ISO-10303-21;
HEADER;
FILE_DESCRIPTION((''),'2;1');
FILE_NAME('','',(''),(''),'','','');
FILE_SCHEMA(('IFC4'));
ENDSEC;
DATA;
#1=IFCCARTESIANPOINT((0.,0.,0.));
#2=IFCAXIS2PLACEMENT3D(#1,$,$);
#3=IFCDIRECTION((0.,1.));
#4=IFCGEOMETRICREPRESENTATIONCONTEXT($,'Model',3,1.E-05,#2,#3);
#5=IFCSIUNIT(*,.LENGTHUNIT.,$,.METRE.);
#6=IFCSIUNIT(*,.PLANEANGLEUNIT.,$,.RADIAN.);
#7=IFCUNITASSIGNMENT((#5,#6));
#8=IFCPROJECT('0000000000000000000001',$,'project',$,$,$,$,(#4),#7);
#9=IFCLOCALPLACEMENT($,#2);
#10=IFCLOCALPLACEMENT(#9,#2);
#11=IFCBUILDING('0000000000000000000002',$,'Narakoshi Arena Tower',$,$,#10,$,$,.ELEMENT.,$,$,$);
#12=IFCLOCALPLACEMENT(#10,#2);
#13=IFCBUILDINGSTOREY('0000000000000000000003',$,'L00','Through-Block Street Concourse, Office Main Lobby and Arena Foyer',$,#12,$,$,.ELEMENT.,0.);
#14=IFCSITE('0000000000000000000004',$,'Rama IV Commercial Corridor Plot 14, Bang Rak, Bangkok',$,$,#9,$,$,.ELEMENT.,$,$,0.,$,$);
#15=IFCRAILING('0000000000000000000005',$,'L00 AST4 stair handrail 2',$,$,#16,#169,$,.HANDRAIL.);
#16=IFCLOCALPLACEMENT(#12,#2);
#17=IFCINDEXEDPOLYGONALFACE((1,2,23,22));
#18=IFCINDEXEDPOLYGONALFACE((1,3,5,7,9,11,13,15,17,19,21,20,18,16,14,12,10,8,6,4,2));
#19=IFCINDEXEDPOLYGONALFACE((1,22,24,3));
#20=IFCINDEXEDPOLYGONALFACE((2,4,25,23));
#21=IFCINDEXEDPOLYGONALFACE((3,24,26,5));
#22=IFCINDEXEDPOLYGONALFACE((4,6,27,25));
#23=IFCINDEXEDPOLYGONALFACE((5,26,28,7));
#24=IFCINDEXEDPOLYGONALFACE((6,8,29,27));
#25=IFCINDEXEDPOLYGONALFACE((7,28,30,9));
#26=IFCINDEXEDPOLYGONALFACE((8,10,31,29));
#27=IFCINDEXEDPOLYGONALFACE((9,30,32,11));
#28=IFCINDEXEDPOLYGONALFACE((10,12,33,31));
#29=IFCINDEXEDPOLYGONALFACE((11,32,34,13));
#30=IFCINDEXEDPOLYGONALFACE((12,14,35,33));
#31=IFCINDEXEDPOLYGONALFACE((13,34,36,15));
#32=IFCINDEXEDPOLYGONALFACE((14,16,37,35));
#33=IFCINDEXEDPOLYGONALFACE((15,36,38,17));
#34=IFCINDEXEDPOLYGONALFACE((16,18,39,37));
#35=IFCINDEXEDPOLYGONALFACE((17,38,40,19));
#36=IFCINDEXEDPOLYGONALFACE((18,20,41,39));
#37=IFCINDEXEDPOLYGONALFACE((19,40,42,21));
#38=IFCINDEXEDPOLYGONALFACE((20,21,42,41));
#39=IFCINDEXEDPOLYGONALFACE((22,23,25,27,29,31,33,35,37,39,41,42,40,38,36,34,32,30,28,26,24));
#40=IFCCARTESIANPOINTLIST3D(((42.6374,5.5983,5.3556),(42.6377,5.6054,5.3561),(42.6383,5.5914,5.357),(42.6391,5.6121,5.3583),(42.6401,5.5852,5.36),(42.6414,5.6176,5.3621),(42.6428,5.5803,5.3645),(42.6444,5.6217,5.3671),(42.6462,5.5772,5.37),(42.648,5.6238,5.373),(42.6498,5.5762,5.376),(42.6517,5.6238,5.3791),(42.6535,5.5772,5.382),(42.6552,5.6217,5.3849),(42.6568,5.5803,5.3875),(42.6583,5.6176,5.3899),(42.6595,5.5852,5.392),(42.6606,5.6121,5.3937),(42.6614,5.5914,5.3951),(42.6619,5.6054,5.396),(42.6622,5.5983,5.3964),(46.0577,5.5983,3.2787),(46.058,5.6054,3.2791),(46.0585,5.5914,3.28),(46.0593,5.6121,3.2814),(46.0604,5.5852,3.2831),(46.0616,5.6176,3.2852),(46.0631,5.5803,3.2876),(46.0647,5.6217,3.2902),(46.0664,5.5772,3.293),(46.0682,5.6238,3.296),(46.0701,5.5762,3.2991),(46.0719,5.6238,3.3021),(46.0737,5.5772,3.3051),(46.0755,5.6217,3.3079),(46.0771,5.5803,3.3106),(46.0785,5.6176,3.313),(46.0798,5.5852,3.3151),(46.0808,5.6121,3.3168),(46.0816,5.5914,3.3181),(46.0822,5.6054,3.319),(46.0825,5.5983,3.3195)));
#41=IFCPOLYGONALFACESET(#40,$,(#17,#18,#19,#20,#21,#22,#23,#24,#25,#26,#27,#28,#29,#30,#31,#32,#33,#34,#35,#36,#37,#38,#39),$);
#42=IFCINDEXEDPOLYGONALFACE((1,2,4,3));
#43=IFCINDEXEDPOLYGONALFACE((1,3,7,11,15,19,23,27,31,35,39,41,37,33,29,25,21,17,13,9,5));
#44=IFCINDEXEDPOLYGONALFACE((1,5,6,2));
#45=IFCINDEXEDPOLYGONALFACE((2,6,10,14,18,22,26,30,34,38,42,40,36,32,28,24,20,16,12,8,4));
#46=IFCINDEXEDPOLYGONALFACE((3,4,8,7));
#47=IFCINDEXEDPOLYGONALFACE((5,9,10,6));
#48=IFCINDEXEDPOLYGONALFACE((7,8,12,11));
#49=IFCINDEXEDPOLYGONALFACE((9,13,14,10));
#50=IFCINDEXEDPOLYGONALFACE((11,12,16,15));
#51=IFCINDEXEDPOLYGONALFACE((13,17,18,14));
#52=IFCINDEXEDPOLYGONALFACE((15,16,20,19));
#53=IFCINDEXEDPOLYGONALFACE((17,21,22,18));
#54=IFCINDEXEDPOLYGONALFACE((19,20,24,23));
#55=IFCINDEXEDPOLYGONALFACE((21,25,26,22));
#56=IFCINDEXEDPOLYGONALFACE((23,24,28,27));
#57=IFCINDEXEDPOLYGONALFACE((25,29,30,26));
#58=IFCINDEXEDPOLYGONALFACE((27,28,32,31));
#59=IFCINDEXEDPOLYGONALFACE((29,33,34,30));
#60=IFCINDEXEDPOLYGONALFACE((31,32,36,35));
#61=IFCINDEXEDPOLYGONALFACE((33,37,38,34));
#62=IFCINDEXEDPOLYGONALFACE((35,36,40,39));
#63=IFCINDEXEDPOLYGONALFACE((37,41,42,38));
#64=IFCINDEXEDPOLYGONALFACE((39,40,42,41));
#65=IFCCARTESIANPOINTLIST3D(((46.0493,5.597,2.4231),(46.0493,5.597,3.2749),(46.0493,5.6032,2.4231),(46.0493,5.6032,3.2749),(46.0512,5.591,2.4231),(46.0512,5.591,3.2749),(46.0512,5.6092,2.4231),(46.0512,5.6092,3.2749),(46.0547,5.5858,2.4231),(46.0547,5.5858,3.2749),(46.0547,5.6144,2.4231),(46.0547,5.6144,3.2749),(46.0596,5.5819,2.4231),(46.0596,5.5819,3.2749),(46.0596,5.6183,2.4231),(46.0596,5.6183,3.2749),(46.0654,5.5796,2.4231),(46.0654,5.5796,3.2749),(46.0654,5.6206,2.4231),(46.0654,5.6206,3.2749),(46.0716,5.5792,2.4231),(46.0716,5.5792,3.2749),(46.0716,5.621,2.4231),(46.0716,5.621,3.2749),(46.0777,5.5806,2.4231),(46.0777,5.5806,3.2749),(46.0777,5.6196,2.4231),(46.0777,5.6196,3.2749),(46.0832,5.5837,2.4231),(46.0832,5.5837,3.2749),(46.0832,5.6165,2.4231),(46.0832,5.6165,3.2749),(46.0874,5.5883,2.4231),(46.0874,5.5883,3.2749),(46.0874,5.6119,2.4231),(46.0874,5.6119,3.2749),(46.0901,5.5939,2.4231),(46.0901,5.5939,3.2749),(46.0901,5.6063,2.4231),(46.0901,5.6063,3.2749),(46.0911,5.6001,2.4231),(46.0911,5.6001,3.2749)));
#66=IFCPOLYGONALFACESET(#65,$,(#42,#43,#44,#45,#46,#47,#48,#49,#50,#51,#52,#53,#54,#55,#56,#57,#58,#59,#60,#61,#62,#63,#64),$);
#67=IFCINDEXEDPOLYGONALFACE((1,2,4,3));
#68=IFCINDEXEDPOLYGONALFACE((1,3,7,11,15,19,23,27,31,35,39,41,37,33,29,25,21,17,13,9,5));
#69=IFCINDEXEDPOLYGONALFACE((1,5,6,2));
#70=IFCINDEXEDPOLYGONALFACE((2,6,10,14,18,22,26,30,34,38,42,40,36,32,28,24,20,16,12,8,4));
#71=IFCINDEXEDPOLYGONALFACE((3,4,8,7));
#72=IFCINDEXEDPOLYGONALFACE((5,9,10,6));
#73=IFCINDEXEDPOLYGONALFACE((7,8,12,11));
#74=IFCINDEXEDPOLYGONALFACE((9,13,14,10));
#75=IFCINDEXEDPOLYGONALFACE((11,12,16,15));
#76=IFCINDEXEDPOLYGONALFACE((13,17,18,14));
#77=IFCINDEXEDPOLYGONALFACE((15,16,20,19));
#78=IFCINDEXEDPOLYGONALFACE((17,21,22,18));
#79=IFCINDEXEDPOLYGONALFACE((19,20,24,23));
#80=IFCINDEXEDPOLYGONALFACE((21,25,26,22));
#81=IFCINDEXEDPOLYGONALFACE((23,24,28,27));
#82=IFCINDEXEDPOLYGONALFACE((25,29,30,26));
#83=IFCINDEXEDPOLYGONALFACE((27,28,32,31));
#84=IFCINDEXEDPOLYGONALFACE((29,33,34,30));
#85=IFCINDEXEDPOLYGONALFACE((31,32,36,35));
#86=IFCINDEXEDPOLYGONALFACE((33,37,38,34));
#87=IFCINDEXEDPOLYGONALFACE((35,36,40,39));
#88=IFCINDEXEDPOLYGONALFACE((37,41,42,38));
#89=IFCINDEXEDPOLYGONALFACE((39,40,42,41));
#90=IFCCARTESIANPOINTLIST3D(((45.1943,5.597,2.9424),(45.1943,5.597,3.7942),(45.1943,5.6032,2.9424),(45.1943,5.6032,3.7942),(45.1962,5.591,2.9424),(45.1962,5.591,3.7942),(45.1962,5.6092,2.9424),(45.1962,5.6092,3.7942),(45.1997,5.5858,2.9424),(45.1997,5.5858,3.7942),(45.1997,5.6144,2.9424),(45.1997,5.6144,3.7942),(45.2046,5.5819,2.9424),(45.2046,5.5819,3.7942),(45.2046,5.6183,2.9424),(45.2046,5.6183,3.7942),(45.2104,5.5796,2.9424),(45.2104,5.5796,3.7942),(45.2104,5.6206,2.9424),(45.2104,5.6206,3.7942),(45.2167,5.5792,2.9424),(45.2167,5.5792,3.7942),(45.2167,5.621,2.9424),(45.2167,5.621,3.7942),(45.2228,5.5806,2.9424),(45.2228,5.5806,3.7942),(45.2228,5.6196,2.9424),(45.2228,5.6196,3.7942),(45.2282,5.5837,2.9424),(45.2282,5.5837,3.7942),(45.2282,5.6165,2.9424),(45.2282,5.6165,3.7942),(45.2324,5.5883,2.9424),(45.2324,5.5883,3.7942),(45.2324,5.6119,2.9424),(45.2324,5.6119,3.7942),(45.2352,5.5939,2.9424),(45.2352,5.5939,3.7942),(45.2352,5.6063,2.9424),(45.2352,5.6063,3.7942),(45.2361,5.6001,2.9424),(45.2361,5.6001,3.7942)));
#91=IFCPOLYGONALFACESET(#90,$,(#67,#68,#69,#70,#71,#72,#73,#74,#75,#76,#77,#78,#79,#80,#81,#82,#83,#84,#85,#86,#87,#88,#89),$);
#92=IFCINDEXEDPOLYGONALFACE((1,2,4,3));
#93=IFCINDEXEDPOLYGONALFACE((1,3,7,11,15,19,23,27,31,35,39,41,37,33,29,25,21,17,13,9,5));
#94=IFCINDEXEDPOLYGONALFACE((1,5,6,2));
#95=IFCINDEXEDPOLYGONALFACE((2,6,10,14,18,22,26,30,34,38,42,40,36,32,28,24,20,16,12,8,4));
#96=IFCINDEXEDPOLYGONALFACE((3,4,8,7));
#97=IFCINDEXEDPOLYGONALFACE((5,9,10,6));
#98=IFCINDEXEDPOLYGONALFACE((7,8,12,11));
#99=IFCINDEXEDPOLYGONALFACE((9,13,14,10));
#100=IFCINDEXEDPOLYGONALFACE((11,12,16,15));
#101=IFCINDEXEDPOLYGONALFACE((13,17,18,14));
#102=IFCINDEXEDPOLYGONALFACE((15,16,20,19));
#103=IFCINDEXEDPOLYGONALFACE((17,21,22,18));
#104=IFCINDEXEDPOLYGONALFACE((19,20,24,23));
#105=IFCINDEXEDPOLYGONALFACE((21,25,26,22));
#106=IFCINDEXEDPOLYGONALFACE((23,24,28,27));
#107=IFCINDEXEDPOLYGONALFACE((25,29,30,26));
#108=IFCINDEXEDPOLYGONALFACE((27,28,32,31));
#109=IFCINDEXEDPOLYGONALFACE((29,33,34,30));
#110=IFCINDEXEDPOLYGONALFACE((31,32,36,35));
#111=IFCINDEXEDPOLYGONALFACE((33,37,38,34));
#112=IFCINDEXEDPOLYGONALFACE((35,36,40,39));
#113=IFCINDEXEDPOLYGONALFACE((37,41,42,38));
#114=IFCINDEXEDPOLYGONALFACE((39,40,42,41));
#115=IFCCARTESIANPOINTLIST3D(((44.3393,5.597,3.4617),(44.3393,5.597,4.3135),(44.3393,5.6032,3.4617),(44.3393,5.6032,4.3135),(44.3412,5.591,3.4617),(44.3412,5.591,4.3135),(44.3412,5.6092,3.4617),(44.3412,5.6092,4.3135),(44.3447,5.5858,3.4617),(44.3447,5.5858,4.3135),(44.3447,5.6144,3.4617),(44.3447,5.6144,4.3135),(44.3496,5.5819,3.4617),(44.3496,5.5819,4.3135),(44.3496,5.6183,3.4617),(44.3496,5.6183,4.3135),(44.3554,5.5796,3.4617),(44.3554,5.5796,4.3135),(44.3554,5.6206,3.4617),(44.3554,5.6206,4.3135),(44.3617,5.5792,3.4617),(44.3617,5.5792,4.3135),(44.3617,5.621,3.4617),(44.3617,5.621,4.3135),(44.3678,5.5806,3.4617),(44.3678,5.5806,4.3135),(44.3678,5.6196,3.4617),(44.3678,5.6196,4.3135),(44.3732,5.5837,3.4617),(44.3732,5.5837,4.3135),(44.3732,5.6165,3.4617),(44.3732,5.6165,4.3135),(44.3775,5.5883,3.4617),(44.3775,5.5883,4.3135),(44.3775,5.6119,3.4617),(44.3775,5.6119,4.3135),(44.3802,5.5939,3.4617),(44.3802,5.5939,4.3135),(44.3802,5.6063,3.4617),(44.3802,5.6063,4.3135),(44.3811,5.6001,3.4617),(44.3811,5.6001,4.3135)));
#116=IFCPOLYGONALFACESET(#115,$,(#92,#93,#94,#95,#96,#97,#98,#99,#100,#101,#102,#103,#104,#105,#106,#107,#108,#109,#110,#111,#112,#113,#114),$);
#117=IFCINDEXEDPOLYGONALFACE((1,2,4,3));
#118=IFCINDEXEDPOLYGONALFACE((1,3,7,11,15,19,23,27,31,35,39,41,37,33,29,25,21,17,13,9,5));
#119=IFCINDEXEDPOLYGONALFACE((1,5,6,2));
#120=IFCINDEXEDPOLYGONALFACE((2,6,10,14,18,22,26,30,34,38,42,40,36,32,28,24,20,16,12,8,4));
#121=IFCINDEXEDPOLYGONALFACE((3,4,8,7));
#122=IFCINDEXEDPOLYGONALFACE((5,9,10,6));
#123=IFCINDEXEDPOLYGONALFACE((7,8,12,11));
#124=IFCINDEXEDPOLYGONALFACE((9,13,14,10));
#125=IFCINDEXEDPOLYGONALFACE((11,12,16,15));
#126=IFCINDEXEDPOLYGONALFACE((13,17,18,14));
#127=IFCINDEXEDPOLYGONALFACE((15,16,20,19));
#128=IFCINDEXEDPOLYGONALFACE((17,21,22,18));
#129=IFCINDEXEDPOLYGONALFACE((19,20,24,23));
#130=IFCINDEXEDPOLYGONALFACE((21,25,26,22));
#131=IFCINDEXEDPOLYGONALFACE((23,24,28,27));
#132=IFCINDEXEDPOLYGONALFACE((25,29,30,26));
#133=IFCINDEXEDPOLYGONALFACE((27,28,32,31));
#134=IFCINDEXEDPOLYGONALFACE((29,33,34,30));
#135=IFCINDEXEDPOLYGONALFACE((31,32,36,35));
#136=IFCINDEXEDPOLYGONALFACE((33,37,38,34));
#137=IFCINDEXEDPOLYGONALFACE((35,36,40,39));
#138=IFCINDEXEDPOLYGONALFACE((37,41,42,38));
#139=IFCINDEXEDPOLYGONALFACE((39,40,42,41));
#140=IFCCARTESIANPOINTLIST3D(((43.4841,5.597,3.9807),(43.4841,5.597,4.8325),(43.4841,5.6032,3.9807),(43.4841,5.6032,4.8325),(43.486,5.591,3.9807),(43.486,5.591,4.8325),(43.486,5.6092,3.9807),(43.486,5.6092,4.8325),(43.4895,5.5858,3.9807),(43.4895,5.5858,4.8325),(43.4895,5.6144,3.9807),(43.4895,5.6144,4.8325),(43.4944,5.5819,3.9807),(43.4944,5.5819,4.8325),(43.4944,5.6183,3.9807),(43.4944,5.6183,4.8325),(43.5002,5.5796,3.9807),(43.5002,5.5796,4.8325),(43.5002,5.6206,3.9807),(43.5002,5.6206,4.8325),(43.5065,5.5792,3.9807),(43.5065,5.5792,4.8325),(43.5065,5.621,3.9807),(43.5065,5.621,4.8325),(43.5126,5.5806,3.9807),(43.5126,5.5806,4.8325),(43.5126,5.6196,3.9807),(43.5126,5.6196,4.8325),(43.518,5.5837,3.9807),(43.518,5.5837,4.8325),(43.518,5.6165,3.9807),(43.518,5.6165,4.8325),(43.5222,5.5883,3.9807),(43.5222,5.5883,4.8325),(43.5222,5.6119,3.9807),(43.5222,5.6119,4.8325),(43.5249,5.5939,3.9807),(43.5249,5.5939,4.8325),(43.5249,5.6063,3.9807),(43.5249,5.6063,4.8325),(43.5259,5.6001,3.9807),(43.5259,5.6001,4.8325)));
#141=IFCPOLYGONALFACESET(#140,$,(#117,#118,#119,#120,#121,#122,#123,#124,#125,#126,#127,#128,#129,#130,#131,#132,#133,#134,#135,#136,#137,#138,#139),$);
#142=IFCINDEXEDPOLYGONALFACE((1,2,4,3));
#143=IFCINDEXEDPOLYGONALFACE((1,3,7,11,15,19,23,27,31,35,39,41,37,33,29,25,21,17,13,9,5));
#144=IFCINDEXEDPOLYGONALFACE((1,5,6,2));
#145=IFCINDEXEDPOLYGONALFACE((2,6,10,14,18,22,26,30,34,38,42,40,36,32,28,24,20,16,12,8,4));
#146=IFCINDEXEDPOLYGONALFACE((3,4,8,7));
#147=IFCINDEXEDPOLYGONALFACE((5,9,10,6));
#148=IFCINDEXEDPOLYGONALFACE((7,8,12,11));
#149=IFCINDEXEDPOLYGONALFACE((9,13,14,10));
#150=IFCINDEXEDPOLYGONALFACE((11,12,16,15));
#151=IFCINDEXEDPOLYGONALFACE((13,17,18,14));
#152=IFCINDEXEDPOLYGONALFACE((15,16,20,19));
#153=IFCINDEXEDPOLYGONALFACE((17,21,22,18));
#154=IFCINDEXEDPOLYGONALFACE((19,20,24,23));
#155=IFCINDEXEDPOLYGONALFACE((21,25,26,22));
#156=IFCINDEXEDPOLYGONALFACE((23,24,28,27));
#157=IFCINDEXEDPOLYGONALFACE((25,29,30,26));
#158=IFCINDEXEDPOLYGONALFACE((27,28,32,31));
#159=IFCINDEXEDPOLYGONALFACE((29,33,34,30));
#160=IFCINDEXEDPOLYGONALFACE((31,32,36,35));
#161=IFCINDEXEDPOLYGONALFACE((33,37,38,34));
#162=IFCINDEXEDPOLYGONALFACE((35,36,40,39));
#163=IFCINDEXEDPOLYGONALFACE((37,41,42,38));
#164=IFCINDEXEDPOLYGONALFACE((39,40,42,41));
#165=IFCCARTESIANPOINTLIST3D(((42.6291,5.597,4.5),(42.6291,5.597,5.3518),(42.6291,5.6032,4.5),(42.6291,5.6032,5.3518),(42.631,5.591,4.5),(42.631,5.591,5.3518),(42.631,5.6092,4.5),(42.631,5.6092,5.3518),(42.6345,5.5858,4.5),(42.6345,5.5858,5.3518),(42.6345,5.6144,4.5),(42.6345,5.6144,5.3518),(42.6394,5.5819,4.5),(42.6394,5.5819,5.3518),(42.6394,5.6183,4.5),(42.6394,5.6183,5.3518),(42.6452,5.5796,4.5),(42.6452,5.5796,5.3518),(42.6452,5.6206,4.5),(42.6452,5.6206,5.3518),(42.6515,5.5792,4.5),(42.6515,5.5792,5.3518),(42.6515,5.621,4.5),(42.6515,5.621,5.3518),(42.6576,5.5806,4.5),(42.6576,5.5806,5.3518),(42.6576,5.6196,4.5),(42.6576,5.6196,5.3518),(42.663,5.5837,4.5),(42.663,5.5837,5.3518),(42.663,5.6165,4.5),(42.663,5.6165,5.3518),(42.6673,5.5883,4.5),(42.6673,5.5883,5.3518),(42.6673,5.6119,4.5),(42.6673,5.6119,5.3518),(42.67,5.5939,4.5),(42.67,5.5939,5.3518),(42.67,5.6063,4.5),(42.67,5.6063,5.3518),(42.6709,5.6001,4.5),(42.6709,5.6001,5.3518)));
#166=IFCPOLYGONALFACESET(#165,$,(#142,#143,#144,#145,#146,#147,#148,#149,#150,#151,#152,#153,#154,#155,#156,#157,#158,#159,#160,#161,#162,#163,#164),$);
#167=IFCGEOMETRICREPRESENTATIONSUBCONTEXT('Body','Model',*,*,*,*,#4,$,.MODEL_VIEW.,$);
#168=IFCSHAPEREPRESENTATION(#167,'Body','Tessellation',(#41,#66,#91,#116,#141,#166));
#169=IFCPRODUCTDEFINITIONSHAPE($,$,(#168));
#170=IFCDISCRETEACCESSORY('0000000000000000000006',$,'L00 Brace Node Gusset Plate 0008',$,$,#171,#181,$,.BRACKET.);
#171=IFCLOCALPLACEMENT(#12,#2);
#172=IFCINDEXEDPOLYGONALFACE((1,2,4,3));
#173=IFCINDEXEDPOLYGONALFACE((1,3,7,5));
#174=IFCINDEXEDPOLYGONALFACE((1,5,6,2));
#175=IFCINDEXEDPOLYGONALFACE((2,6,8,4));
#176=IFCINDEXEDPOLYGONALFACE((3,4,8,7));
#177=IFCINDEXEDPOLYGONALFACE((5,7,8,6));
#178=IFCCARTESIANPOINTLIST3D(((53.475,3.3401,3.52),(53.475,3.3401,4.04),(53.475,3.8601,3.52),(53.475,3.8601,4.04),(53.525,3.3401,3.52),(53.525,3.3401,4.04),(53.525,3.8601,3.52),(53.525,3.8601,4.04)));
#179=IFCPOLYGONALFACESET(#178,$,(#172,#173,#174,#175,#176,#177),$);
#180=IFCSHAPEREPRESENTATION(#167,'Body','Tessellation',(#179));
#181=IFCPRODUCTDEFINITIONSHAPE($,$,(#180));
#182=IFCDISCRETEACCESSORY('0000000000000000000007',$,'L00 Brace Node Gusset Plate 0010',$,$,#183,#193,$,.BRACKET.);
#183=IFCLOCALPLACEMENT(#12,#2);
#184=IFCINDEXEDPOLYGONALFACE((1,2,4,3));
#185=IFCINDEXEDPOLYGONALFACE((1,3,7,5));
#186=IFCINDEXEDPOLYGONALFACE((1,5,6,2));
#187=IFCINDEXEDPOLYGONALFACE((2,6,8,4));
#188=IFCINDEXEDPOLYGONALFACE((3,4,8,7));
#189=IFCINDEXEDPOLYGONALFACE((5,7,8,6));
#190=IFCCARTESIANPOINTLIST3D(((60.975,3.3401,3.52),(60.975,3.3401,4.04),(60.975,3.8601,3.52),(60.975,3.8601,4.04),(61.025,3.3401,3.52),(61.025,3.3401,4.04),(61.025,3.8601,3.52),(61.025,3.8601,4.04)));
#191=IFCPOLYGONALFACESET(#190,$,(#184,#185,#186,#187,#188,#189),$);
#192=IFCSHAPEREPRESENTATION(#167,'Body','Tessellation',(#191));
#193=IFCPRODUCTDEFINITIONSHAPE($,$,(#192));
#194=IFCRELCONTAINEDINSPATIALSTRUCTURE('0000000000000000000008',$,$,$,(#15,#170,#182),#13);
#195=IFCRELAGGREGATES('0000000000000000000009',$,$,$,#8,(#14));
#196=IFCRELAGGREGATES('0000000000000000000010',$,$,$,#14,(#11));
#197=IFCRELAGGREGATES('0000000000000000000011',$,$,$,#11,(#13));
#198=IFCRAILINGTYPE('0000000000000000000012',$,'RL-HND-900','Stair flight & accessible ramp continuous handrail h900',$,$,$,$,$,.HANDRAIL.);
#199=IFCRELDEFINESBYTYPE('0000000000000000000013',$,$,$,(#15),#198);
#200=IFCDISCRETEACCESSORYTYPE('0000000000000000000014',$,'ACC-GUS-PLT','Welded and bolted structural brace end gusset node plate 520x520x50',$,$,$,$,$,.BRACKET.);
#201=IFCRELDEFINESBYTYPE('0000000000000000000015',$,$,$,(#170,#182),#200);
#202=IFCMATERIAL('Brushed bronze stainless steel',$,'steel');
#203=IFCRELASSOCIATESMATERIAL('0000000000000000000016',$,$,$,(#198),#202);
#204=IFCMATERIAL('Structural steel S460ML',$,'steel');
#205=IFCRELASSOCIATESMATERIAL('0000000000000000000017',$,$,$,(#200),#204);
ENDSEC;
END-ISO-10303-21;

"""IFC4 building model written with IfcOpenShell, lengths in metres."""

from ifc_helpers import new_model, si_unit, direction, frame, origin, origin_2d, place, context, subcontext, project, spatial, rectangle, circle, extrude, material, type_object, element, save


model = new_model("IFC4")

# Units and contexts
model_context = context("Model", 3, precision=1e-05, world=origin(), true_north=direction((0.0, 1.0)))
body_context = subcontext(model_context, "Body", "Model", "MODEL_VIEW")
ifc_project = project(units=[si_unit("LENGTHUNIT", "METRE"), si_unit("PLANEANGLEUNIT", "RADIAN")], contexts=[model_context])

# Site, building, storey
site_placement = place(None, origin())
site = spatial("IfcSite", under=ifc_project, at=site_placement, Name="Rama IV Commercial Corridor Plot 14, Bang Rak, Bangkok", CompositionType="ELEMENT", RefElevation=0.0)
building_placement = place(site_placement, origin())
building = spatial("IfcBuilding", under=site, at=building_placement, Name="Narakoshi Arena Tower", CompositionType="ELEMENT")
storey_placement = place(building_placement, origin())
storey = spatial("IfcBuildingStorey", under=building, at=storey_placement, Name="L00", Description="Through-Block Street Concourse, Office Main Lobby and Arena Foyer", CompositionType="ELEMENT", Elevation=0.0)

# Railing
ifc_material_1 = material(Name="Brushed bronze stainless steel", Category="steel")
railing_type_1 = type_object("IfcRailingType", Name="RL-HND-900", Description="Stair flight & accessible ramp continuous handrail h900", PredefinedType="HANDRAIL", material=ifc_material_1)
railing_1_placement = place(storey_placement, frame((46.0701, 5.6001, 2.4231)))
element("IfcRailing", 1, at=railing_1_placement, inside=storey, type_object=railing_type_1, Name="L00 AST4 stair handrail 2", PredefinedType="HANDRAIL", context=body_context, shape_type="SweptSolid", body=[
    extrude(circle(Radius=0.0239, at=origin_2d()), frame((0.0, 0.0, 0.876), z_axis=(-0.854746, 0.0, 0.519047), x_axis=(0.0, -1.0, 0.0)), (0.0, 0.0, 1.0), 4.0015),
    extrude(circle(Radius=0.021, at=origin_2d()), origin(), (0.0, 0.0, 1.0), 0.8518),
    extrude(circle(Radius=0.021, at=origin_2d()), frame((-0.855, 0.0, 0.5193)), (0.0, 0.0, 1.0), 0.8518),
    extrude(circle(Radius=0.021, at=origin_2d()), frame((-1.71, 0.0, 1.0386)), (0.0, 0.0, 1.0), 0.8518),
    extrude(circle(Radius=0.021, at=origin_2d()), frame((-2.5652, 0.0, 1.5576)), (0.0, 0.0, 1.0), 0.8518),
    extrude(circle(Radius=0.021, at=origin_2d()), frame((-3.4202, 0.0, 2.0769)), (0.0, 0.0, 1.0), 0.8518),
])

# Discrete accessories
ifc_material_2 = material(Name="Structural steel S460ML", Category="steel")
discrete_accessory_type = type_object("IfcDiscreteAccessoryType", Name="ACC-GUS-PLT", Description="Welded and bolted structural brace end gusset node plate 520x520x50", PredefinedType="BRACKET", material=ifc_material_2)
for number, where, z_axis, x_axis, name in (
    (2, (53.5, 3.6001, 3.52), (0.0, 0.0, 1.0), (0.0, 1.0, 0.0), "L00 Brace Node Gusset Plate 0008"),
    (3, (61.0, 3.6001, 3.52), (0.0, 0.0, 1.0), (0.0, 1.0, 0.0), "L00 Brace Node Gusset Plate 0010"),
):
    element("IfcDiscreteAccessory", number, at=place(storey_placement, frame(where, z_axis=z_axis, x_axis=x_axis)), inside=storey, type_object=discrete_accessory_type, Name=name, PredefinedType="BRACKET", context=body_context, shape_type="SweptSolid", body=[
        extrude(rectangle(XDim=0.52, YDim=0.05, at=origin_2d()), origin(), (0.0, 0.0, 1.0), 0.52),
    ])

save(model, "model.ifc")
